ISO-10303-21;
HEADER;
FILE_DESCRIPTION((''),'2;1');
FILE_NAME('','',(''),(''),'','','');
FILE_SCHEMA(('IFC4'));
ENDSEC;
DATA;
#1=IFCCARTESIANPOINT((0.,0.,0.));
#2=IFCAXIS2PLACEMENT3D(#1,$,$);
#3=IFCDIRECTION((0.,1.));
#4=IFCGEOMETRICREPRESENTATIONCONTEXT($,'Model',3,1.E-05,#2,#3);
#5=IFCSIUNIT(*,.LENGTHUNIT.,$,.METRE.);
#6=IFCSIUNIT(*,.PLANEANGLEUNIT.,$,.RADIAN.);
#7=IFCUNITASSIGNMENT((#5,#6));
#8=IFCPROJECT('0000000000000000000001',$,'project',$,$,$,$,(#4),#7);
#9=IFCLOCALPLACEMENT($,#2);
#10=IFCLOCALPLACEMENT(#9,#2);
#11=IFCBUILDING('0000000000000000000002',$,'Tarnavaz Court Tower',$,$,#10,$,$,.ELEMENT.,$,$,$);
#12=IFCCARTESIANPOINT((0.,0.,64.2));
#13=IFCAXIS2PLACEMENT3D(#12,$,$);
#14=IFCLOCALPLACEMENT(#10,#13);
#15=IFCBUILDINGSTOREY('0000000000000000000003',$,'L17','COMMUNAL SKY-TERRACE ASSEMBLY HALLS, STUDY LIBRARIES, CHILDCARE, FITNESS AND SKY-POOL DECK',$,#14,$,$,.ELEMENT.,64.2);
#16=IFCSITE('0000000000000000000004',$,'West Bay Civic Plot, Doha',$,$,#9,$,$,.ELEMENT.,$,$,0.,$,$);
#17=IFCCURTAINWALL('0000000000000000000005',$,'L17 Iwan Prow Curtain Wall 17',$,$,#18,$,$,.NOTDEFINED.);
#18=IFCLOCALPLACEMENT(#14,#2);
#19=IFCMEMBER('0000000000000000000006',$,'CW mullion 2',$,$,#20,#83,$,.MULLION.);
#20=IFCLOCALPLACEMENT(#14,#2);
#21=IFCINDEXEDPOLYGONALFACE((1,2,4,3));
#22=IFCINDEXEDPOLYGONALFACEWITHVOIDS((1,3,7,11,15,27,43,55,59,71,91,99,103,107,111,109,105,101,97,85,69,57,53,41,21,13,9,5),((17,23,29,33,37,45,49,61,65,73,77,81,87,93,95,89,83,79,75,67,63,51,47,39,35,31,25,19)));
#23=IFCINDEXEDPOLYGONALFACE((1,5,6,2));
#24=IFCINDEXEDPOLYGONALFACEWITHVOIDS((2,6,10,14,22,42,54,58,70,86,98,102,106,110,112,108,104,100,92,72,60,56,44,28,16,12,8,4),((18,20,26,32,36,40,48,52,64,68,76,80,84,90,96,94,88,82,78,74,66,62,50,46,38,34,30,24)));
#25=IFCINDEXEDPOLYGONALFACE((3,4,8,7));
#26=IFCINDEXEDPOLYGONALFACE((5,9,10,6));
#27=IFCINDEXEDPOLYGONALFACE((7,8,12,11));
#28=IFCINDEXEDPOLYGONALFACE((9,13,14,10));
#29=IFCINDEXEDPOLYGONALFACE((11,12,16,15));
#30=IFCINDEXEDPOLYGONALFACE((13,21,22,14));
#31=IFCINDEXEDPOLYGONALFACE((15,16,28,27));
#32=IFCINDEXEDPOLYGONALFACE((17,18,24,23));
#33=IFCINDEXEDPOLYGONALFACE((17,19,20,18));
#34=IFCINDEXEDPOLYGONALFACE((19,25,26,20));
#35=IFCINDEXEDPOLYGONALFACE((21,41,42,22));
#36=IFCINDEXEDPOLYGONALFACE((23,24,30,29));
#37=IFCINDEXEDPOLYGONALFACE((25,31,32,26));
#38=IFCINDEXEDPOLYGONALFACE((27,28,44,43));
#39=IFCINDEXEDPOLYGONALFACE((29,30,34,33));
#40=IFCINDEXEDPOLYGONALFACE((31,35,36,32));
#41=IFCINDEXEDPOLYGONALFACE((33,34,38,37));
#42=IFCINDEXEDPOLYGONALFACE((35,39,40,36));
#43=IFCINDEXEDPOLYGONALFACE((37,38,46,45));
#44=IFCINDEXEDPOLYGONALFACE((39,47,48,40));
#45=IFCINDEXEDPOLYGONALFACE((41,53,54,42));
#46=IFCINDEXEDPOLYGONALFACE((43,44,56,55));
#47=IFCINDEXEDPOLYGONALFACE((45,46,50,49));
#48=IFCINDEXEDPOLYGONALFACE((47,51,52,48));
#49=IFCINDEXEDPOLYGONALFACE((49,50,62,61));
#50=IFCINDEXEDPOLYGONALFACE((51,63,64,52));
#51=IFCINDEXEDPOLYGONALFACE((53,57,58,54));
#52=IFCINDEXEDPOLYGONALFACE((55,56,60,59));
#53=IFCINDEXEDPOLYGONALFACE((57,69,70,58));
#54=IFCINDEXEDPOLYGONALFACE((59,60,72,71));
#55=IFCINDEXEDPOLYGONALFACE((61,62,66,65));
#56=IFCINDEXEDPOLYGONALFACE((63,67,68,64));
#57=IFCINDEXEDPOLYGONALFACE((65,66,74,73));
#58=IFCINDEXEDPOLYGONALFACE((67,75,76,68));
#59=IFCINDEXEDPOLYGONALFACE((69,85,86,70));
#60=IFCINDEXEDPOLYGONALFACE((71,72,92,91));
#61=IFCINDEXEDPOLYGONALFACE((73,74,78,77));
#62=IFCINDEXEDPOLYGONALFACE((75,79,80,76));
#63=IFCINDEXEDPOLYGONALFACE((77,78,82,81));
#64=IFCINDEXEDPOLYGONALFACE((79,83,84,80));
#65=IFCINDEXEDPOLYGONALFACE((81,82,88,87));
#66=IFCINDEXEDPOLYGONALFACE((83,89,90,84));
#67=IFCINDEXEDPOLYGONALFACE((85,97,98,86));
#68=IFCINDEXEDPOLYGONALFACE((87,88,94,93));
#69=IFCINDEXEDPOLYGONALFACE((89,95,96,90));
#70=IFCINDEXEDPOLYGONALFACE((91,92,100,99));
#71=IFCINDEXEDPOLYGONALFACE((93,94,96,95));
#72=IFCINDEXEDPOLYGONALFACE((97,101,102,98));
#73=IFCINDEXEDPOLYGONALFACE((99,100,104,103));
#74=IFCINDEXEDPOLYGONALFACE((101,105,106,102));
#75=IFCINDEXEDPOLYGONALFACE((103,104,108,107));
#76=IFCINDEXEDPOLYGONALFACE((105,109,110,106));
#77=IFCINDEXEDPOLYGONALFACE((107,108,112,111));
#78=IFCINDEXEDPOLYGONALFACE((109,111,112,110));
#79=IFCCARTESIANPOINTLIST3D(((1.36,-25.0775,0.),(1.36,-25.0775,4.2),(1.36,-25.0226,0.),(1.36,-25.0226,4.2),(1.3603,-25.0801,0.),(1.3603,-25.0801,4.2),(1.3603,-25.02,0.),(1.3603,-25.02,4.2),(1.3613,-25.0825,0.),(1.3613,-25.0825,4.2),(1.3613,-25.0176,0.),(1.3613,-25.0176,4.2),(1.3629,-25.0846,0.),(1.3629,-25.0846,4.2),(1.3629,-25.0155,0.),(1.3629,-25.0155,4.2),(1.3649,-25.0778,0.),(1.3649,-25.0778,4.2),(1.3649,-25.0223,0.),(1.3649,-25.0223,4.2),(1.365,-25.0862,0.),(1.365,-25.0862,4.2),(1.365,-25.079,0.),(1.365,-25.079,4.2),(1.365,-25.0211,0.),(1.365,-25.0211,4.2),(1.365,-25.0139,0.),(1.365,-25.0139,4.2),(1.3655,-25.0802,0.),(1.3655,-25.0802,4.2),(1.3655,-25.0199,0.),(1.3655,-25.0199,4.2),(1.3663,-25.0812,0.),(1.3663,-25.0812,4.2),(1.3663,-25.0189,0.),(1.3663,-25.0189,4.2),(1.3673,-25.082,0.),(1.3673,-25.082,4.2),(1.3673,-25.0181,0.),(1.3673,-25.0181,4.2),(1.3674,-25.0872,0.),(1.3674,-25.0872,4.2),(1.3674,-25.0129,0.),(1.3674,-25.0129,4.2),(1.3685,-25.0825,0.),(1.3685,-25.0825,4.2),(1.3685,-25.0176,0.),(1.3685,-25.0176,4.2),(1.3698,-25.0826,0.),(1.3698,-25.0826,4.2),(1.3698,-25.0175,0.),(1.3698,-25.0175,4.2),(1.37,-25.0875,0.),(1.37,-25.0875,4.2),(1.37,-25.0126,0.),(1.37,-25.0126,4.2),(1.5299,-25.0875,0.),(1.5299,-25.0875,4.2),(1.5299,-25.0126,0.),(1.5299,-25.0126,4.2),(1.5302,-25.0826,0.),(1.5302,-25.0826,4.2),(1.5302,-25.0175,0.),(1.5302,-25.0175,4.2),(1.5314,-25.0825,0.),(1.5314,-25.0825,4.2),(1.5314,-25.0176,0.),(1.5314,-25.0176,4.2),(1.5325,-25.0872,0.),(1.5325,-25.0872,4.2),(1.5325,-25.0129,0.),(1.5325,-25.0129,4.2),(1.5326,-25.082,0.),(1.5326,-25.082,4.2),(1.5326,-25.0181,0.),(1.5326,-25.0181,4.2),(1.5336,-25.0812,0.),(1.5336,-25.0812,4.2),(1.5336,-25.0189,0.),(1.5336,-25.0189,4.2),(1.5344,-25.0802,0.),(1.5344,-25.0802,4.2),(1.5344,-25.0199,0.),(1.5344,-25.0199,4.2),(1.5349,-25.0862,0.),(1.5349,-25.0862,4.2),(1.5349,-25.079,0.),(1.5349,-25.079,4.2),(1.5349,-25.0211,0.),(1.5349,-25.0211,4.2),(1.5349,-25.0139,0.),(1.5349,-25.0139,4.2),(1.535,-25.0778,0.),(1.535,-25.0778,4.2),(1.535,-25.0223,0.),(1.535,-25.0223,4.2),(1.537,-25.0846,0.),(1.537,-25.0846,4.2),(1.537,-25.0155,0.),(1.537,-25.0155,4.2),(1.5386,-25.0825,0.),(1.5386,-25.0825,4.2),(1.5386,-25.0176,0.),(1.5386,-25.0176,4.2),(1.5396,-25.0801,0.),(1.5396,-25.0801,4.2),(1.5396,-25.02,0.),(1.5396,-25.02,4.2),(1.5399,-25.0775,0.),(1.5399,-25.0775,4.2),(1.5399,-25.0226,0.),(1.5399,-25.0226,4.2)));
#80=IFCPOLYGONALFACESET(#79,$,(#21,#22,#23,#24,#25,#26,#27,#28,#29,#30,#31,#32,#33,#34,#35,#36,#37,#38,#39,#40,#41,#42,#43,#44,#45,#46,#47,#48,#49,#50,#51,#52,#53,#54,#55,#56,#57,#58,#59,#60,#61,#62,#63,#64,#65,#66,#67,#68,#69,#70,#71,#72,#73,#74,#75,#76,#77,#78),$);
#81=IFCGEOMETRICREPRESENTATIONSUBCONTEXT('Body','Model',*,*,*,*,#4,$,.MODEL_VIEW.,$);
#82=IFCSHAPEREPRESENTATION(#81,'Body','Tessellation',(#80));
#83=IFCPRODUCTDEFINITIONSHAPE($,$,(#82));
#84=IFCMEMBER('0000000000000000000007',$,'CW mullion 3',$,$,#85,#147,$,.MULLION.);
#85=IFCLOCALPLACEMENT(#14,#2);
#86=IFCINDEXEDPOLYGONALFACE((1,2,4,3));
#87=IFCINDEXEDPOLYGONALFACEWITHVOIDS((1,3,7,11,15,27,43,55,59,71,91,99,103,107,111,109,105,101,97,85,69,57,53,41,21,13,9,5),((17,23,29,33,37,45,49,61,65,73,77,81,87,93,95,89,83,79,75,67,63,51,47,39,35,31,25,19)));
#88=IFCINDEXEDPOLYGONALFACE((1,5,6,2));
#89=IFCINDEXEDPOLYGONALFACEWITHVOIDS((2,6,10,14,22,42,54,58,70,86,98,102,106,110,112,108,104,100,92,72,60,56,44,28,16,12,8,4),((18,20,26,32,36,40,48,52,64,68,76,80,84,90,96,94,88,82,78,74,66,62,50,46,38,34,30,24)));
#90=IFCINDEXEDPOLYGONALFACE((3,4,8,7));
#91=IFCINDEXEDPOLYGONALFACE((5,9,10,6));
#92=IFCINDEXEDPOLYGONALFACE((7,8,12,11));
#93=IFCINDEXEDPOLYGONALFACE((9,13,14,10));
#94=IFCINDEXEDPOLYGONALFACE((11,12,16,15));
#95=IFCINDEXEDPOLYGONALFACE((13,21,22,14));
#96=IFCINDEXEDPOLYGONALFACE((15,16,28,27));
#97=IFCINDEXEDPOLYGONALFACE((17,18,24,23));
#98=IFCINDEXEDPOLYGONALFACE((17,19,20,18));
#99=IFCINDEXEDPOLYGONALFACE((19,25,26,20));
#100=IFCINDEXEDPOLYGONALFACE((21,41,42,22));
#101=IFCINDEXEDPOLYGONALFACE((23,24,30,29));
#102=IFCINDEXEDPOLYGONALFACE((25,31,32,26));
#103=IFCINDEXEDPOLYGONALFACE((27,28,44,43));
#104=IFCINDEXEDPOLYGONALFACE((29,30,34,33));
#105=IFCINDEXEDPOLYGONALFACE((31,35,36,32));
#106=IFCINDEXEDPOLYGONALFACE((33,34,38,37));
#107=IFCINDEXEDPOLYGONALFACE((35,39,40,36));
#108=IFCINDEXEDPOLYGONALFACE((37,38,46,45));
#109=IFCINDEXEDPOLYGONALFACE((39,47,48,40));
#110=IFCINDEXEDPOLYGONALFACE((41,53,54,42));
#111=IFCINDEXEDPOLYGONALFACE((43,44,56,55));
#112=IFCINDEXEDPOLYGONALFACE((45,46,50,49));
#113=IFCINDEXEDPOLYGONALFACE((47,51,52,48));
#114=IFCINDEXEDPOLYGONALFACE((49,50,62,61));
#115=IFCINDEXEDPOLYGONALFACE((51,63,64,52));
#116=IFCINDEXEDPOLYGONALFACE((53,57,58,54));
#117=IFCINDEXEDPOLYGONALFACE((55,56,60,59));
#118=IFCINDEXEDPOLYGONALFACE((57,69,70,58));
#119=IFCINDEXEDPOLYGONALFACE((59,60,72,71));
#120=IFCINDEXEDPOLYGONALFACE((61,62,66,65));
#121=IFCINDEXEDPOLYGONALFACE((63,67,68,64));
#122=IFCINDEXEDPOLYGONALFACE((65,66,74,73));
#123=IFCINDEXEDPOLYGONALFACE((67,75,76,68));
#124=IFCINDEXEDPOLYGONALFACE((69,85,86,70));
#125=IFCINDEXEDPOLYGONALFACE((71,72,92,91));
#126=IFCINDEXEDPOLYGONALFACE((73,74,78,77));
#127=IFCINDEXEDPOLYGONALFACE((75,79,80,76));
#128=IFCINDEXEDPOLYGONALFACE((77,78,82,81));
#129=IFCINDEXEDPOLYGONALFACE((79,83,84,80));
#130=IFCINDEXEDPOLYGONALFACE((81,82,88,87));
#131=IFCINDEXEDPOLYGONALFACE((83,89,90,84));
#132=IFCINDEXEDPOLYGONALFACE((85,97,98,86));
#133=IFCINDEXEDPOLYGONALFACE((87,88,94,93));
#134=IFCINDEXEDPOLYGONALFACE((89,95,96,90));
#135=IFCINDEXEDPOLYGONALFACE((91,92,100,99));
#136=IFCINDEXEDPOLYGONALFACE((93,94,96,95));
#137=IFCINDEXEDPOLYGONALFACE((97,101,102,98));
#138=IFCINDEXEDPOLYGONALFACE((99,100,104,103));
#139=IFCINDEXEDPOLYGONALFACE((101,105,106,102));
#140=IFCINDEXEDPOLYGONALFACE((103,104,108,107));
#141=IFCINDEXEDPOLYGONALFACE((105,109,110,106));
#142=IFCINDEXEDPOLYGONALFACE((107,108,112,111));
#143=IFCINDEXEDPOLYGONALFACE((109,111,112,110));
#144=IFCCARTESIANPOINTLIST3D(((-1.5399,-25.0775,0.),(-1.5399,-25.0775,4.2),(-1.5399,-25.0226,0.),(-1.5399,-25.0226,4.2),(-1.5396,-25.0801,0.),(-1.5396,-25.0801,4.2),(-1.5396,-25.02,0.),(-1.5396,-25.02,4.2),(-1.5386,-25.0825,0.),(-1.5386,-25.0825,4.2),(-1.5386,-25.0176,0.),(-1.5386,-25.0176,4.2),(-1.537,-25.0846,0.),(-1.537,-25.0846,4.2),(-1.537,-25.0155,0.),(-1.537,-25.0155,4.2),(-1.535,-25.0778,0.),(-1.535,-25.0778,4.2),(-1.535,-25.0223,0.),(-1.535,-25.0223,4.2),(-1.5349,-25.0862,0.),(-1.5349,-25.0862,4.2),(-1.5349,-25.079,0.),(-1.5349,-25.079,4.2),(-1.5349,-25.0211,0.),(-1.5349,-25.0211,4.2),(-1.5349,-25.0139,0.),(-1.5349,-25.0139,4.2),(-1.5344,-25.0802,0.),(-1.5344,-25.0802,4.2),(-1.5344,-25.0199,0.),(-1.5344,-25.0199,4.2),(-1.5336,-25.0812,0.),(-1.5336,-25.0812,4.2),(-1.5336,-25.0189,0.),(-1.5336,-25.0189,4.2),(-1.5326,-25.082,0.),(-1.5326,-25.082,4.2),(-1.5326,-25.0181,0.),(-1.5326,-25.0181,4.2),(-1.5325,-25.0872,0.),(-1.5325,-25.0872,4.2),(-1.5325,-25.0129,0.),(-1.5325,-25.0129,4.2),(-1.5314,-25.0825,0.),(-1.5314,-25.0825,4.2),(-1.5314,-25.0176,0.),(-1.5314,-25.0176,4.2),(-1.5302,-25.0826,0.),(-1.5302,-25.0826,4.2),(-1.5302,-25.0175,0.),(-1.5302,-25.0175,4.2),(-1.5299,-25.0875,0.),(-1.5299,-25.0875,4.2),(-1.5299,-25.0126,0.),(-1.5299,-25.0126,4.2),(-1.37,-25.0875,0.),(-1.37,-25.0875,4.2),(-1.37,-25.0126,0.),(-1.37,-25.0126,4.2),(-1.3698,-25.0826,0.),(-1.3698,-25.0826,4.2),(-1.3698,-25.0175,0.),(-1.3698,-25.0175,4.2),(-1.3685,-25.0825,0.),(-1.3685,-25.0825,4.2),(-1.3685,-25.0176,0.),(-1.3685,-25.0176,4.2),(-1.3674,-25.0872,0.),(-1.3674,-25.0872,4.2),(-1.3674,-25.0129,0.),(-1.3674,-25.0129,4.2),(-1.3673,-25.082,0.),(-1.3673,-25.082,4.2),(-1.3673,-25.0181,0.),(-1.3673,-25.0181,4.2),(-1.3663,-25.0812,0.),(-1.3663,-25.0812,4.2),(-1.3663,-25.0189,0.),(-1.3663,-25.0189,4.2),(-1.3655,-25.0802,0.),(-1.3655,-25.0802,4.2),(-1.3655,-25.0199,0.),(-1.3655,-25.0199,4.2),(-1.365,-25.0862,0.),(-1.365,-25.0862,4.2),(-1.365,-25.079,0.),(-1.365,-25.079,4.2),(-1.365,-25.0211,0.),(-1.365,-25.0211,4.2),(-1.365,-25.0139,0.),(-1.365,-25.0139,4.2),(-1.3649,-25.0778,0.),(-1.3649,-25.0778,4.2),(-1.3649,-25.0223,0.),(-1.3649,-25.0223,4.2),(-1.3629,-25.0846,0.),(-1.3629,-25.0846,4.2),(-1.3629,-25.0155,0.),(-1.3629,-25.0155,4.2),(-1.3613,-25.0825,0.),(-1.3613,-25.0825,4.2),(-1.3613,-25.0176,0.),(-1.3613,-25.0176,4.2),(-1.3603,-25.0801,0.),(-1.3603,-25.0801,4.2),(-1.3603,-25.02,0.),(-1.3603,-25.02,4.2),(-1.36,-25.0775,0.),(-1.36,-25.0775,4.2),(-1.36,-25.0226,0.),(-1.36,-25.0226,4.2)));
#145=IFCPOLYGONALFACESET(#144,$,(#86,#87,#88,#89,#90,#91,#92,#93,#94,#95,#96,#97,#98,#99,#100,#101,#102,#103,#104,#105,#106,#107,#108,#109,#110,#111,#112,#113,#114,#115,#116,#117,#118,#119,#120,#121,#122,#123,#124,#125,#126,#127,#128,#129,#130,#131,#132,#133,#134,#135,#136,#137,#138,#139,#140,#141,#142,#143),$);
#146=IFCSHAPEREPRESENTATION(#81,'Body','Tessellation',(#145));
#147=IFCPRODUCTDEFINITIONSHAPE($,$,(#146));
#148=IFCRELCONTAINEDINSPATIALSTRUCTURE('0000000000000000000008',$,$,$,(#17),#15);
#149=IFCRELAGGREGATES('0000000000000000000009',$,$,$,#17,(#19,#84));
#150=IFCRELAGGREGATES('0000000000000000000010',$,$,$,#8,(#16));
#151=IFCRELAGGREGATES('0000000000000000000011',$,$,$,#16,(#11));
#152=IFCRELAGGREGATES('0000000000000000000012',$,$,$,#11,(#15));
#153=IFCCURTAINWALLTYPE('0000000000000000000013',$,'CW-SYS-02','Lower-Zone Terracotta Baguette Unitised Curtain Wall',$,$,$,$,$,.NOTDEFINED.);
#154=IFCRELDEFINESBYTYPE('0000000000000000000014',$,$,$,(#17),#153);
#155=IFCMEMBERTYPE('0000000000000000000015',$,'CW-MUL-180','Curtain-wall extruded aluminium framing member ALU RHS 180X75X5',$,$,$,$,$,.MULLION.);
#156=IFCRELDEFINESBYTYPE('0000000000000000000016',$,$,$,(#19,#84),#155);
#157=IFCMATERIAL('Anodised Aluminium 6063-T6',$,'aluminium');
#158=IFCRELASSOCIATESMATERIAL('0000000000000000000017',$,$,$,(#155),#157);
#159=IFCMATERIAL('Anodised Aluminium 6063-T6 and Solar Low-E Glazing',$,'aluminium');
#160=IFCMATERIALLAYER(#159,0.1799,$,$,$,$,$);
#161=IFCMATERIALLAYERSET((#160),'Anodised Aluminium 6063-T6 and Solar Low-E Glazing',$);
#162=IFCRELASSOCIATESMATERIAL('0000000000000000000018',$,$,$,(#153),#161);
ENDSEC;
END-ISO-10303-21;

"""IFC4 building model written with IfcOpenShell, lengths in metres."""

from ifc_helpers import new_model, si_unit, direction, frame, origin, origin_2d, place, context, subcontext, project, spatial, hollow_rectangle, extrude, material, layer, layer_set, material_profile, profile_set, type_object, element, aggregate, save


model = new_model("IFC4")

# Units and contexts
model_context = context("Model", 3, precision=1e-05, world=origin(), true_north=direction((0.0, 1.0)))
body_context = subcontext(model_context, "Body", "Model", "MODEL_VIEW")
ifc_project = project(units=[si_unit("LENGTHUNIT", "METRE"), si_unit("PLANEANGLEUNIT", "RADIAN")], contexts=[model_context])

# Site, building, storey
site_placement = place(None, origin())
site = spatial("IfcSite", under=ifc_project, at=site_placement, Name="West Bay Civic Plot, Doha", CompositionType="ELEMENT", RefElevation=0.0)
building_placement = place(site_placement, origin())
building = spatial("IfcBuilding", under=site, at=building_placement, Name="Tarnavaz Court Tower", CompositionType="ELEMENT")
storey_placement = place(building_placement, frame((0.0, 0.0, 64.2)))
storey = spatial("IfcBuildingStorey", under=building, at=storey_placement, Name="L17", Description="COMMUNAL SKY-TERRACE ASSEMBLY HALLS, STUDY LIBRARIES, CHILDCARE, FITNESS AND SKY-POOL DECK", CompositionType="ELEMENT", Elevation=64.2)

# Shared definitions
ifc_material_1 = material(Name="Anodised Aluminium 6063-T6 and Solar Low-E Glazing", Category="aluminium")
ifc_material_2 = material(Name="Anodised Aluminium 6063-T6", Category="aluminium")
ifc_material_profile_1 = material_profile(ifc_material_2, hollow_rectangle(XDim=0.075, YDim=0.1799, WallThickness=0.0049, InnerFilletRadius=0.0049, OuterFilletRadius=0.01, at=origin_2d()), Name="ALU RHS 180X75X5")
ifc_profile_set_1 = profile_set([ifc_material_profile_1], Name="Anodised Aluminium 6063-T6")
member_type_1 = type_object("IfcMemberType", Name="CW-MUL-180", Description="Curtain-wall extruded aluminium framing member ALU RHS 180X75X5", PredefinedType="MULLION", material=ifc_profile_set_1)

# Curtain wall, members
ifc_layer_1 = layer(ifc_material_1, 0.1799)
ifc_layer_set_1 = layer_set([ifc_layer_1], Name="Anodised Aluminium 6063-T6 and Solar Low-E Glazing")
curtain_wall_type_1 = type_object("IfcCurtainWallType", Name="CW-SYS-02", Description="Lower-Zone Terracotta Baguette Unitised Curtain Wall", PredefinedType="NOTDEFINED", material=ifc_layer_set_1)
curtain_wall_1_placement = place(storey_placement, origin())
curtain_wall_1 = element("IfcCurtainWall", 1, at=curtain_wall_1_placement, inside=storey, type_object=curtain_wall_type_1, Name="L17 Iwan Prow Curtain Wall 17", PredefinedType="NOTDEFINED")
member_1_placement = place(storey_placement, frame((1.45, -25.05, 0.0), z_axis=(0.0, 0.0, 1.0), x_axis=(0.0, -1.0, 0.0)))
member_1 = element("IfcMember", 2, at=member_1_placement, type_object=member_type_1, Name="CW mullion 2", PredefinedType="MULLION", context=body_context, shape_type="SweptSolid", body=[
    extrude(hollow_rectangle(XDim=0.075, YDim=0.1799, WallThickness=0.0049, InnerFilletRadius=0.0049, OuterFilletRadius=0.01, at=origin_2d()), origin(), (0.0, 0.0, 1.0), 4.2),
])
member_2_placement = place(storey_placement, frame((-1.45, -25.05, 0.0), z_axis=(0.0, 0.0, 1.0), x_axis=(0.0, -1.0, 0.0)))
member_2 = element("IfcMember", 3, at=member_2_placement, type_object=member_type_1, Name="CW mullion 3", PredefinedType="MULLION", context=body_context, shape_type="SweptSolid", body=[
    extrude(hollow_rectangle(XDim=0.075, YDim=0.1799, WallThickness=0.0049, InnerFilletRadius=0.0049, OuterFilletRadius=0.01, at=origin_2d()), origin(), (0.0, 0.0, 1.0), 4.2),
])

aggregate(curtain_wall_1, [member_1, member_2])

save(model, "model.ifc")
